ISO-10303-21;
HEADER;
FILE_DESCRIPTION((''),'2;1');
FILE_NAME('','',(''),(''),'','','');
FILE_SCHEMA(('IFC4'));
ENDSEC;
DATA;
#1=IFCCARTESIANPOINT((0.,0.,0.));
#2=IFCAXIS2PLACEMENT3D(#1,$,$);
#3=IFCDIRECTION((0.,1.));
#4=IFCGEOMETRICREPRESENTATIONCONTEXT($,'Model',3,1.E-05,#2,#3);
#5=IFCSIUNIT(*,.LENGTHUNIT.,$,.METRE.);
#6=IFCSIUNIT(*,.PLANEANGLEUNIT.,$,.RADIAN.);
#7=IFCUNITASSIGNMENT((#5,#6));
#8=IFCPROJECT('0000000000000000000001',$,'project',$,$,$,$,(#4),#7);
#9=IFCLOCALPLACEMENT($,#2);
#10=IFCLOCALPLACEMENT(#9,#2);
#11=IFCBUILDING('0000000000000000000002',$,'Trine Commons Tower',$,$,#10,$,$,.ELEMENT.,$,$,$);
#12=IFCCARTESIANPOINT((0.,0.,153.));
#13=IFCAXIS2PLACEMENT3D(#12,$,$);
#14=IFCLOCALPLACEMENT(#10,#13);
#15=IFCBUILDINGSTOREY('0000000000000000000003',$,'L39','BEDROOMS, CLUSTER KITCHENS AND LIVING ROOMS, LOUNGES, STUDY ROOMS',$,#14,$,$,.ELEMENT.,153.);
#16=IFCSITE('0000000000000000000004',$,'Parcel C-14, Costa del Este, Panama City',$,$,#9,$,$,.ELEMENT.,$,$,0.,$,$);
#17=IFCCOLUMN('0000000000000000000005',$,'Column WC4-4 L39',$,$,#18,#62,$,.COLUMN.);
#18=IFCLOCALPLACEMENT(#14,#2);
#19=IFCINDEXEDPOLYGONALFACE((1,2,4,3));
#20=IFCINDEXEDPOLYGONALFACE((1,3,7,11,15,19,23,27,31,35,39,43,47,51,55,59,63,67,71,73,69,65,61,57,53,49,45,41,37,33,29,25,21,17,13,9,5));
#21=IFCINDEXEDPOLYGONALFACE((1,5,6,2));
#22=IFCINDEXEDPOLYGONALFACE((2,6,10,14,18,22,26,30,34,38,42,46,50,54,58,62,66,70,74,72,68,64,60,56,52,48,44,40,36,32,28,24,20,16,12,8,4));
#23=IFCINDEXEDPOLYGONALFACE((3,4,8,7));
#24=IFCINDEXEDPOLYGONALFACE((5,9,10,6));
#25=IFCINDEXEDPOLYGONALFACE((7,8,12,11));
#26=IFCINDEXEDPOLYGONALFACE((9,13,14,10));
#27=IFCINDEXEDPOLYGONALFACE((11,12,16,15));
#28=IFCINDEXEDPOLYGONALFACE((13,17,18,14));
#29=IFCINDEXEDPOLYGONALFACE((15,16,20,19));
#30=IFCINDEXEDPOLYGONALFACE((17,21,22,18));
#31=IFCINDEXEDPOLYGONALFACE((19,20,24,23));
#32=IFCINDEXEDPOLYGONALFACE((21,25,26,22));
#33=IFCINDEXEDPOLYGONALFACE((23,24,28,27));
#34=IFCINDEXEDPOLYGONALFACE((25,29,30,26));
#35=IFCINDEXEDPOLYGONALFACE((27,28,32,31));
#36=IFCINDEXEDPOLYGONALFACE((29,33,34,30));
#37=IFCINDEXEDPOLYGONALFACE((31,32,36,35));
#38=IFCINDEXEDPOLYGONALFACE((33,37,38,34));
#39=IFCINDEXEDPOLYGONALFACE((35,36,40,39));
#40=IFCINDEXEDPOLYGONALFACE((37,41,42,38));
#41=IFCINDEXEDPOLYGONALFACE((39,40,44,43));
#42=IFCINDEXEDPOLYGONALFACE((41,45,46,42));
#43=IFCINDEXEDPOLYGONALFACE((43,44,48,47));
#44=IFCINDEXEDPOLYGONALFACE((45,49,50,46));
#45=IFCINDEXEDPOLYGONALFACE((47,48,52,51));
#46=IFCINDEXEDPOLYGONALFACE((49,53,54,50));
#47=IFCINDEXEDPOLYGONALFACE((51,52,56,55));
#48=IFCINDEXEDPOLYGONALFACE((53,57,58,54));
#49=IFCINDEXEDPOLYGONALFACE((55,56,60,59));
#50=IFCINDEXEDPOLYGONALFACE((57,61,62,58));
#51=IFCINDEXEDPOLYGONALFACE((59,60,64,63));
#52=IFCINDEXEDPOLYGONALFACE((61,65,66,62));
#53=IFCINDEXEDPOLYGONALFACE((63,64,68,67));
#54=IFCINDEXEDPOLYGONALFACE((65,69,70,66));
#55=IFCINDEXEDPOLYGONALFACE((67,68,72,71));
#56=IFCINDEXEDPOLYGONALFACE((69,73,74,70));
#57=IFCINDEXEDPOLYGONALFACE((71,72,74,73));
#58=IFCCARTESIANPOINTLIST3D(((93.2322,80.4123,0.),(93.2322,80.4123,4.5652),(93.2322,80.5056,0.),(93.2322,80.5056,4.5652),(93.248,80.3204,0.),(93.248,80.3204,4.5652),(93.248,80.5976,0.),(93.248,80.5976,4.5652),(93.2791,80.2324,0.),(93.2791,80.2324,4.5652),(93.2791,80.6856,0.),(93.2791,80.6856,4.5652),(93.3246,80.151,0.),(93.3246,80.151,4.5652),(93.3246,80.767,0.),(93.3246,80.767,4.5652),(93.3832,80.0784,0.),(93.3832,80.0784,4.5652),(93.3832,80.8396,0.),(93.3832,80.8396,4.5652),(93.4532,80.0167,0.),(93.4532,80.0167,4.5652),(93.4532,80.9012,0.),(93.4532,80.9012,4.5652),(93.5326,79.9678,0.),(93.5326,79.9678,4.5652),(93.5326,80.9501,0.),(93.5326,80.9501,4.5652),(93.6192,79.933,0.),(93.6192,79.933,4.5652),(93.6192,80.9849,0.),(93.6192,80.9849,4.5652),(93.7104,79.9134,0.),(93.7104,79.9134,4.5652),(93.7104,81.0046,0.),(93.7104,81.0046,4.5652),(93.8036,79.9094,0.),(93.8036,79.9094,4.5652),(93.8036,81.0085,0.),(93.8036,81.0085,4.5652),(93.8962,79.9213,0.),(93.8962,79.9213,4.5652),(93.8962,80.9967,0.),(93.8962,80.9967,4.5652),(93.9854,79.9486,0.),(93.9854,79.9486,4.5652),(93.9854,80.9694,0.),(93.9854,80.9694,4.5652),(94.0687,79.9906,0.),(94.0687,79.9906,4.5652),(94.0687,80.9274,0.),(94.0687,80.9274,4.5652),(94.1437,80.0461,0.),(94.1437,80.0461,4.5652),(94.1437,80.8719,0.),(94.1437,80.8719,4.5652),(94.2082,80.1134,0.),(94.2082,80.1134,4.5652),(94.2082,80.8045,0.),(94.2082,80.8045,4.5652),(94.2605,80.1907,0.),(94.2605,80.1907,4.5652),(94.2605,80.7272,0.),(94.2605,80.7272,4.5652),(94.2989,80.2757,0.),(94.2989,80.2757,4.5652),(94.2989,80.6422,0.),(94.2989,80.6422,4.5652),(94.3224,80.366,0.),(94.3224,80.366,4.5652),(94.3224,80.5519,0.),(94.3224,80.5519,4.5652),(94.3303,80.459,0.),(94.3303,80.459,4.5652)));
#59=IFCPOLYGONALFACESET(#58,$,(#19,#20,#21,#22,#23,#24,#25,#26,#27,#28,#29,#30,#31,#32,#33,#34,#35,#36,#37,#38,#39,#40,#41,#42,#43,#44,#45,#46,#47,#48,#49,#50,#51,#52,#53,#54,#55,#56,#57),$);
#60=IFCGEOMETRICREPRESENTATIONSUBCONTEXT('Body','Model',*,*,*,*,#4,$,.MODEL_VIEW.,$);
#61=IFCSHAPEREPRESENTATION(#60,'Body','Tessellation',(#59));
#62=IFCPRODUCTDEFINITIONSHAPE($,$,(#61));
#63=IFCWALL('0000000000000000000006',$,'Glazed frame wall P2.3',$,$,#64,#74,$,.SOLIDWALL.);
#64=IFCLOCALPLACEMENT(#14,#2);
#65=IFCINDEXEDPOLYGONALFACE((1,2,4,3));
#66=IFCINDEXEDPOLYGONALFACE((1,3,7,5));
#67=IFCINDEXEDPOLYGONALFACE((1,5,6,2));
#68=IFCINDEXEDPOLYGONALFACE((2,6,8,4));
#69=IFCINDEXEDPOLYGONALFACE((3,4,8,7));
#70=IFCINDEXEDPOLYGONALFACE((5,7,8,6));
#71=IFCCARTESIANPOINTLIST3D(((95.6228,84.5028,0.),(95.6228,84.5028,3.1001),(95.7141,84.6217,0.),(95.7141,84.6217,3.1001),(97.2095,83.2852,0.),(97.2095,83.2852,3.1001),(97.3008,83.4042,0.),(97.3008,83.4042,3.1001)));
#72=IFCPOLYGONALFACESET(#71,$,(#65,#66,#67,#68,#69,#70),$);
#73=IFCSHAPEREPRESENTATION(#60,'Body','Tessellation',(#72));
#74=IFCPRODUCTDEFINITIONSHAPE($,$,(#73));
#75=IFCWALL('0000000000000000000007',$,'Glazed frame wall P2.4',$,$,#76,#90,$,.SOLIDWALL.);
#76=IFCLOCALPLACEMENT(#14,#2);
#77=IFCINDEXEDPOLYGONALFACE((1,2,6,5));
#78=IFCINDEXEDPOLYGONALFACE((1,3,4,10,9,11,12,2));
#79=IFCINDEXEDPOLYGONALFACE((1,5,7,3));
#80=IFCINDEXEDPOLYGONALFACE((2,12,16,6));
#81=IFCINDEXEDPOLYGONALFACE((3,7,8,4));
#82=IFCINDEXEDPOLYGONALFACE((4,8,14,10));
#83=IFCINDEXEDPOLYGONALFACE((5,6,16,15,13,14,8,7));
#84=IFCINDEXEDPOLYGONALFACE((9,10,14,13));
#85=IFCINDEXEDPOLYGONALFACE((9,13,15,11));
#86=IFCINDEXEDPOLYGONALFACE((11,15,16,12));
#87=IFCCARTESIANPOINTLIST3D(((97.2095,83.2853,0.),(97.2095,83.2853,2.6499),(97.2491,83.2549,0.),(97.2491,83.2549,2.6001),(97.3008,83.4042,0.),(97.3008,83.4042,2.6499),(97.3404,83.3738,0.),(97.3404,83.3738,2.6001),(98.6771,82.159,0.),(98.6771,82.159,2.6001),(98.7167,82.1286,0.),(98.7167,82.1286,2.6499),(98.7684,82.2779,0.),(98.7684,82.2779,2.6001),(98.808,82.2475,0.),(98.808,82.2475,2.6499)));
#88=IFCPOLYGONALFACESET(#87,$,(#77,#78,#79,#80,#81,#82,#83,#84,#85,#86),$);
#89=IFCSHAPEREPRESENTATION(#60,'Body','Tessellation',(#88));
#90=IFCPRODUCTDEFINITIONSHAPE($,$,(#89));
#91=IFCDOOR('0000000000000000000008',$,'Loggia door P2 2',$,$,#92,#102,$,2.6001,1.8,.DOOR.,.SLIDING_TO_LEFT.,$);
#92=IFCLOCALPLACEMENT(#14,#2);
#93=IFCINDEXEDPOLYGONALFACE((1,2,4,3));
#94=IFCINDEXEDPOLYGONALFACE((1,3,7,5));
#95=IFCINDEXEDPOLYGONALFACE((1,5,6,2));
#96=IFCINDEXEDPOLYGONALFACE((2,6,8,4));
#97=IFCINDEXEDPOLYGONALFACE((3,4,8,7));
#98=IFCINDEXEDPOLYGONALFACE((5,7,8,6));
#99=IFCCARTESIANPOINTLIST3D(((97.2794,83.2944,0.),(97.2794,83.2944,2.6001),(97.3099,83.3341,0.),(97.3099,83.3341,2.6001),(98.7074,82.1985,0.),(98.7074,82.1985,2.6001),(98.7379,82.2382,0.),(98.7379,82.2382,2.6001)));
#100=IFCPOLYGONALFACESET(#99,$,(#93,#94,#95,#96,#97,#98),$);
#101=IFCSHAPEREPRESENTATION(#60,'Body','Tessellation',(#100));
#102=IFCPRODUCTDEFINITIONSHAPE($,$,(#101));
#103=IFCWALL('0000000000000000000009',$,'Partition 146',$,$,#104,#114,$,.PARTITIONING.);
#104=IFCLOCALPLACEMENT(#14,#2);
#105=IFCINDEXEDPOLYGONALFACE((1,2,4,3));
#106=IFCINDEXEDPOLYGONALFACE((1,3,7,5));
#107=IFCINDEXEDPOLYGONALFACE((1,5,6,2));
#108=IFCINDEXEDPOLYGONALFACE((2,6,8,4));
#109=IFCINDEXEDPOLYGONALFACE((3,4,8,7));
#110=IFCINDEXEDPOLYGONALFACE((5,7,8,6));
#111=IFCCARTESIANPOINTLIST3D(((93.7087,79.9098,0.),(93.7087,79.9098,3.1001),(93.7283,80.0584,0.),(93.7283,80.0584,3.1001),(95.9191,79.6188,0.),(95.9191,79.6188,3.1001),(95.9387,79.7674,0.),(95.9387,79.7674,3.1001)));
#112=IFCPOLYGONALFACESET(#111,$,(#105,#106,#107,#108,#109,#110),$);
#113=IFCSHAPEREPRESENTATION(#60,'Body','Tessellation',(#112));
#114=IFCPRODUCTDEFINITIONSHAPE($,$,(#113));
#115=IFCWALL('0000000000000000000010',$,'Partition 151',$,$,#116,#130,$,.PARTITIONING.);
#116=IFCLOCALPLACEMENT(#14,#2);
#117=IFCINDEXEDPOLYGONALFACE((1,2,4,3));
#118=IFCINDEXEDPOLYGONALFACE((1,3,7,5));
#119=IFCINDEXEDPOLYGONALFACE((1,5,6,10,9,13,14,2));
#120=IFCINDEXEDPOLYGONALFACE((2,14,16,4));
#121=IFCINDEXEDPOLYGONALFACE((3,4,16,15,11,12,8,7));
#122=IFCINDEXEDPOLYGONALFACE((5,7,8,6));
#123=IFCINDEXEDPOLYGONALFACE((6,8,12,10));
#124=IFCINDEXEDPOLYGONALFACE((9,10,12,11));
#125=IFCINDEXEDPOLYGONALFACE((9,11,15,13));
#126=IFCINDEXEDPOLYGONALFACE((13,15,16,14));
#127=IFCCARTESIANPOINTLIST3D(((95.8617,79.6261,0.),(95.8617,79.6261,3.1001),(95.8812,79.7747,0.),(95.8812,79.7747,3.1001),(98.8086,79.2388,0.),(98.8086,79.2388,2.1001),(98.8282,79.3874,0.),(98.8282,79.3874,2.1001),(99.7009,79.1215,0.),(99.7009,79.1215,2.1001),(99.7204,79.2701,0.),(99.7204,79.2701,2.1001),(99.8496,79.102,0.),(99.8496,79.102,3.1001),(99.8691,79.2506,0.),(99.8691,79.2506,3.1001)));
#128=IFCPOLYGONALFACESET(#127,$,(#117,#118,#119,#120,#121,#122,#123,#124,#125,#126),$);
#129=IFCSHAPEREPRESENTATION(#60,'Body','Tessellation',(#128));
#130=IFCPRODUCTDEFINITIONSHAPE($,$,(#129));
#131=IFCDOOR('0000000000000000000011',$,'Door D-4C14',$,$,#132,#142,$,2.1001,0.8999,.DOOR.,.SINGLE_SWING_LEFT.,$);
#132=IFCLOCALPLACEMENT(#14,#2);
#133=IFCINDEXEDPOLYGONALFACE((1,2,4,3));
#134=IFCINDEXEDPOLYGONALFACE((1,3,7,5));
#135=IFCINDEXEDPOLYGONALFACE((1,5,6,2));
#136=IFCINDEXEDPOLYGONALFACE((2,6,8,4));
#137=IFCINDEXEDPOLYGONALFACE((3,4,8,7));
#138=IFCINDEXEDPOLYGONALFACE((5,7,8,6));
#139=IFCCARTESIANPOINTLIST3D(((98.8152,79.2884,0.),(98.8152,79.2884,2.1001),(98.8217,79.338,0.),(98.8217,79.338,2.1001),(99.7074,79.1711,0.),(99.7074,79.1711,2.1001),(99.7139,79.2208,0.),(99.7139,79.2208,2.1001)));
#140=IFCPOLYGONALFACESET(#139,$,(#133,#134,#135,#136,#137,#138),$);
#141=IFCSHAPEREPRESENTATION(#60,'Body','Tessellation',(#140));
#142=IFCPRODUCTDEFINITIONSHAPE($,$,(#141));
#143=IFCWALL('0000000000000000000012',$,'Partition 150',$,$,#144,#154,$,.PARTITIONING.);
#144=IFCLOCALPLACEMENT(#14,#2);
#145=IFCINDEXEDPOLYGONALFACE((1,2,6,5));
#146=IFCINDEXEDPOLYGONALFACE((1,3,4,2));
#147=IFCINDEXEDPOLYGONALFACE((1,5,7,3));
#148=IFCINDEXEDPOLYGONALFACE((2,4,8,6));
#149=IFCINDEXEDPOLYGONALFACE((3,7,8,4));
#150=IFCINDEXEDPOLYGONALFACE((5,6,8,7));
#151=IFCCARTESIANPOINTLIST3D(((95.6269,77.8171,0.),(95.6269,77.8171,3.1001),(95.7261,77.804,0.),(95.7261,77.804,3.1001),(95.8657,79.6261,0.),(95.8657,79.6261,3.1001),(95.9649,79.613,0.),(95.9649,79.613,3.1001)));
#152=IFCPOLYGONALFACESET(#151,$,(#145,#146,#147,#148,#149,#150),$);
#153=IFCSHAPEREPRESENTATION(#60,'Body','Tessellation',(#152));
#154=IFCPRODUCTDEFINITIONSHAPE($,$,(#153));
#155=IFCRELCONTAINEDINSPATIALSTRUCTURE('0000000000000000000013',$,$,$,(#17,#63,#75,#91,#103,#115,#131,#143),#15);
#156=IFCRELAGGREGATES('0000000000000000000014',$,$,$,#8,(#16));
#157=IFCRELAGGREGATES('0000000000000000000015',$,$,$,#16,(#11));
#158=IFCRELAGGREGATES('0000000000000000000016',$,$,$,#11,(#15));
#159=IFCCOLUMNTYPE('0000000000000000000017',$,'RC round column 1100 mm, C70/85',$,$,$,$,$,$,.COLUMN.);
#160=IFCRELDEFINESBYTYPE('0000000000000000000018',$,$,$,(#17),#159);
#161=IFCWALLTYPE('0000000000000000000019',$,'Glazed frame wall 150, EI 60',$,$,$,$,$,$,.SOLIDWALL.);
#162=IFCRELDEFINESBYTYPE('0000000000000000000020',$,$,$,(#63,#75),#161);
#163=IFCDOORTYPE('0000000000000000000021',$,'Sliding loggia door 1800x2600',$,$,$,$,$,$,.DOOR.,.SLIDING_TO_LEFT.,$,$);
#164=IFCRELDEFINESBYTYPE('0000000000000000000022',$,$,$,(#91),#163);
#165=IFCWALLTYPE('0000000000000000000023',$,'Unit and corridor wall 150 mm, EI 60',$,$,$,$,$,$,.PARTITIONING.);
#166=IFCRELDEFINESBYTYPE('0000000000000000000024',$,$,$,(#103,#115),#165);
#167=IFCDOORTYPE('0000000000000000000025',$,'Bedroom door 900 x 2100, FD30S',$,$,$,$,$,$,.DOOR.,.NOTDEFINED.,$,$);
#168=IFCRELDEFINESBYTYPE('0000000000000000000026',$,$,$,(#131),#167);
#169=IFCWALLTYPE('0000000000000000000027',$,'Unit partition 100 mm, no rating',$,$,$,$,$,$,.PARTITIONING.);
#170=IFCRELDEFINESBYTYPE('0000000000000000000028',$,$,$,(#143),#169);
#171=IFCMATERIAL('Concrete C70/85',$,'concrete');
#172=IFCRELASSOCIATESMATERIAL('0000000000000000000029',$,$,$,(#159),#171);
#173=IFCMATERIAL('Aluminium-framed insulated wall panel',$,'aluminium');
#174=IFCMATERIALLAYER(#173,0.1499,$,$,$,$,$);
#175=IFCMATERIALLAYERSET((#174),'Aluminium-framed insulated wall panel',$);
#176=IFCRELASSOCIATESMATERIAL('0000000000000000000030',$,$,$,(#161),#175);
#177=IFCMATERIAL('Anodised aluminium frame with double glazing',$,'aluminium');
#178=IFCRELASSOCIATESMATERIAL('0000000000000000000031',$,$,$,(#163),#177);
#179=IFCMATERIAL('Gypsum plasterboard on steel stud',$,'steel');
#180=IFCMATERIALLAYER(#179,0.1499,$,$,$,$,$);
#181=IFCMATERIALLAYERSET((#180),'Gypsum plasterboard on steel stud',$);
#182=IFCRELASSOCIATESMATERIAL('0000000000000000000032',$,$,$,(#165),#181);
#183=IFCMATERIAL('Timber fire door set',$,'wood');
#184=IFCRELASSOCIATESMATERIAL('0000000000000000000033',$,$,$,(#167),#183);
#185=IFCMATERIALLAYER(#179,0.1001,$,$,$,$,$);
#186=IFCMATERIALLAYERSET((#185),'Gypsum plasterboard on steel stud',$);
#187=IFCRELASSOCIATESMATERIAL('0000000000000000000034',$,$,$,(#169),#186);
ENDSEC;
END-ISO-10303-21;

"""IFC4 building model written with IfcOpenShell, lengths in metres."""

from ifc_helpers import new_model, si_unit, direction, frame, frame_2d, origin, origin_2d, place, context, subcontext, project, spatial, polyline, rectangle, circle, outline, extrude, material, layer, layer_set, material_profile, profile_set, type_object, element, fill, save


model = new_model("IFC4")

# Units and contexts
model_context = context("Model", 3, precision=1e-05, world=origin(), true_north=direction((0.0, 1.0)))
body_context = subcontext(model_context, "Body", "Model", "MODEL_VIEW")
ifc_project = project(units=[si_unit("LENGTHUNIT", "METRE"), si_unit("PLANEANGLEUNIT", "RADIAN")], contexts=[model_context])

# Site, building, storey
site_placement = place(None, origin())
site = spatial("IfcSite", under=ifc_project, at=site_placement, Name="Parcel C-14, Costa del Este, Panama City", CompositionType="ELEMENT", RefElevation=0.0)
building_placement = place(site_placement, origin())
building = spatial("IfcBuilding", under=site, at=building_placement, Name="Trine Commons Tower", CompositionType="ELEMENT")
storey_placement = place(building_placement, frame((0.0, 0.0, 153.0)))
storey = spatial("IfcBuildingStorey", under=building, at=storey_placement, Name="L39", Description="BEDROOMS, CLUSTER KITCHENS AND LIVING ROOMS, LOUNGES, STUDY ROOMS", CompositionType="ELEMENT", Elevation=153.0)

# Column
ifc_material_1 = material(Name="Concrete C70/85", Category="concrete")
ifc_material_profile = material_profile(ifc_material_1, circle(Radius=0.55, at=origin_2d()), Name="RC round 1100")
ifc_profile_set = profile_set([ifc_material_profile], Name="Concrete C70/85")
column_type = type_object("IfcColumnType", Name="RC round column 1100 mm, C70/85", PredefinedType="COLUMN", material=ifc_profile_set)
column_placement = place(storey_placement, frame((93.7803, 80.459, 0.0), z_axis=(0.0, 0.0, 1.0), x_axis=(1.0, 0.0, 0.0)))
element("IfcColumn", 1, at=column_placement, inside=storey, type_object=column_type, Name="Column WC4-4 L39", PredefinedType="COLUMN", context=body_context, shape_type="SweptSolid", body=[
    extrude(circle(Radius=0.55, at=origin_2d()), origin(), (0.0, 0.0, 1.0), 4.5652),
])

# Wall
ifc_material_2 = material(Name="Aluminium-framed insulated wall panel", Category="aluminium")
ifc_layer_1 = layer(ifc_material_2, 0.1499)
ifc_layer_set_1 = layer_set([ifc_layer_1], Name="Aluminium-framed insulated wall panel")
wall_type_1 = type_object("IfcWallType", Name="Glazed frame wall 150, EI 60", PredefinedType="SOLIDWALL", material=ifc_layer_set_1)
wall_1_placement = place(storey_placement, frame((95.6685, 84.5623, 0.0), z_axis=(0.0, 0.0, 1.0), x_axis=(0.793345, -0.608772, 0.0)))
element("IfcWall", 2, at=wall_1_placement, inside=storey, type_object=wall_type_1, Name="Glazed frame wall P2.3", PredefinedType="SOLIDWALL", context=body_context, shape_type="SweptSolid", body=[
    extrude(outline(polyline([(0.0, -0.075), (2.0, -0.075), (2.0, 0.075), (0.0, 0.075), (0.0, -0.075)])), origin(), (0.0, 0.0, 1.0), 3.1001),
])

# Wall, opening, door
wall_2_placement = place(storey_placement, frame((97.2551, 83.3447, 0.0), z_axis=(0.0, 0.0, 1.0), x_axis=(0.793321, -0.608804, 0.0)))
wall_2 = element("IfcWall", 3, at=wall_2_placement, inside=storey, type_object=wall_type_1, Name="Glazed frame wall P2.4", PredefinedType="SOLIDWALL", context=body_context, shape_type="SweptSolid", body=[
    extrude(outline(polyline([(0.0, -0.075), (1.8999, -0.075), (1.8999, 0.075), (0.0, 0.075), (0.0, -0.075)])), origin(), (0.0, 0.0, 1.0), 2.6499),
])
opening_1_placement = place(wall_2_placement, frame((0.05, 0.0, 0.0)))
opening_1 = element("IfcOpeningElement", 4, at=opening_1_placement, cuts=wall_2, PredefinedType="OPENING", context=body_context, shape_type="SweptSolid", body=[
    extrude(rectangle(XDim=1.8, YDim=2.6001, at=frame_2d((0.8999, 1.3))), frame((0.0, 0.085, 0.0), z_axis=(0.0, -1.0, 0.0), x_axis=(1.0, 0.0, 0.0)), (0.0, 0.0, 1.0), 0.1699),
])
ifc_material_3 = material(Name="Anodised aluminium frame with double glazing", Category="aluminium")
door_type_1 = type_object("IfcDoorType", Name="Sliding loggia door 1800x2600", OperationType="SLIDING_TO_LEFT", PredefinedType="DOOR", material=ifc_material_3)
door_1_placement = place(opening_1_placement, origin())
door_1 = element("IfcDoor", 5, at=door_1_placement, inside=storey, type_object=door_type_1, Name="Loggia door P2 2", OperationType="SLIDING_TO_LEFT", OverallHeight=2.6001, OverallWidth=1.8, PredefinedType="DOOR", context=body_context, shape_type="SweptSolid", body=[
    extrude(rectangle(XDim=1.8, YDim=2.6001, at=frame_2d((0.8999, 1.3))), frame((0.0, 0.0249, 0.0), z_axis=(0.0, -1.0, 0.0), x_axis=(1.0, 0.0, 0.0)), (0.0, 0.0, 1.0), 0.05),
])
fill(opening_1, door_1)

# Wall
ifc_material_4 = material(Name="Gypsum plasterboard on steel stud", Category="steel")
ifc_layer_2 = layer(ifc_material_4, 0.1499)
ifc_layer_set_2 = layer_set([ifc_layer_2], Name="Gypsum plasterboard on steel stud")
wall_type_2 = type_object("IfcWallType", Name="Unit and corridor wall 150 mm, EI 60", PredefinedType="PARTITIONING", material=ifc_layer_set_2)
wall_3_placement = place(storey_placement, frame((93.7185, 79.9841, 0.0), z_axis=(0.0, 0.0, 1.0), x_axis=(0.991445, -0.130528, 0.0)))
element("IfcWall", 6, at=wall_3_placement, inside=storey, type_object=wall_type_2, Name="Partition 146", PredefinedType="PARTITIONING", context=body_context, shape_type="SweptSolid", body=[
    extrude(rectangle(XDim=2.2295, YDim=0.1499, at=frame_2d((1.1147, 0.0))), origin(), (0.0, 0.0, 1.0), 3.1001),
])

# Wall, opening, door
wall_4_placement = place(storey_placement, frame((95.8713, 79.7004, 0.0), z_axis=(0.0, 0.0, 1.0), x_axis=(0.991473, -0.130315, 0.0)))
wall_4 = element("IfcWall", 7, at=wall_4_placement, inside=storey, type_object=wall_type_2, Name="Partition 151", PredefinedType="PARTITIONING", context=body_context, shape_type="SweptSolid", body=[
    extrude(rectangle(XDim=4.0222, YDim=0.1499, at=frame_2d((2.0112, 0.0))), origin(), (0.0, 0.0, 1.0), 3.1001),
])
opening_2_placement = place(wall_4_placement, frame((2.9724, 0.0, 0.0)))
opening_2 = element("IfcOpeningElement", 8, at=opening_2_placement, cuts=wall_4, PredefinedType="OPENING", context=body_context, shape_type="SweptSolid", body=[
    extrude(rectangle(XDim=0.8999, YDim=2.1001, at=frame_2d((0.45, 1.05))), frame((0.0, 0.085, 0.0), z_axis=(0.0, -1.0, 0.0), x_axis=(1.0, 0.0, 0.0)), (0.0, 0.0, 1.0), 0.1699),
])
ifc_material_5 = material(Name="Timber fire door set", Category="wood")
door_type_2 = type_object("IfcDoorType", Name="Bedroom door 900 x 2100, FD30S", OperationType="NOTDEFINED", PredefinedType="DOOR", material=ifc_material_5)
door_2_placement = place(opening_2_placement, frame((0.8999, 0.0, 0.0), z_axis=(0.0, 0.0, 1.0), x_axis=(-1.0, 0.0, 0.0)))
door_2 = element("IfcDoor", 9, at=door_2_placement, inside=storey, type_object=door_type_2, Name="Door D-4C14", OperationType="SINGLE_SWING_LEFT", OverallHeight=2.1001, OverallWidth=0.8999, PredefinedType="DOOR", context=body_context, shape_type="SweptSolid", body=[
    extrude(rectangle(XDim=0.8999, YDim=2.1001, at=frame_2d((0.45, 1.05))), frame((0.0, 0.0249, 0.0), z_axis=(0.0, -1.0, 0.0), x_axis=(1.0, 0.0, 0.0)), (0.0, 0.0, 1.0), 0.05),
])
fill(opening_2, door_2)

# Wall
ifc_layer_3 = layer(ifc_material_4, 0.1001)
ifc_layer_set_3 = layer_set([ifc_layer_3], Name="Gypsum plasterboard on steel stud")
wall_type_3 = type_object("IfcWallType", Name="Unit partition 100 mm, no rating", PredefinedType="PARTITIONING", material=ifc_layer_set_3)
wall_5_placement = place(storey_placement, frame((95.6765, 77.8105, 0.0), z_axis=(0.0, 0.0, 1.0), x_axis=(0.130849, 0.991402, 0.0)))
element("IfcWall", 10, at=wall_5_placement, inside=storey, type_object=wall_type_3, Name="Partition 150", PredefinedType="PARTITIONING", context=body_context, shape_type="SweptSolid", body=[
    extrude(rectangle(XDim=1.8247, YDim=0.1001, at=frame_2d((0.9124, 0.0))), origin(), (0.0, 0.0, 1.0), 3.1001),
])

save(model, "model.ifc")
